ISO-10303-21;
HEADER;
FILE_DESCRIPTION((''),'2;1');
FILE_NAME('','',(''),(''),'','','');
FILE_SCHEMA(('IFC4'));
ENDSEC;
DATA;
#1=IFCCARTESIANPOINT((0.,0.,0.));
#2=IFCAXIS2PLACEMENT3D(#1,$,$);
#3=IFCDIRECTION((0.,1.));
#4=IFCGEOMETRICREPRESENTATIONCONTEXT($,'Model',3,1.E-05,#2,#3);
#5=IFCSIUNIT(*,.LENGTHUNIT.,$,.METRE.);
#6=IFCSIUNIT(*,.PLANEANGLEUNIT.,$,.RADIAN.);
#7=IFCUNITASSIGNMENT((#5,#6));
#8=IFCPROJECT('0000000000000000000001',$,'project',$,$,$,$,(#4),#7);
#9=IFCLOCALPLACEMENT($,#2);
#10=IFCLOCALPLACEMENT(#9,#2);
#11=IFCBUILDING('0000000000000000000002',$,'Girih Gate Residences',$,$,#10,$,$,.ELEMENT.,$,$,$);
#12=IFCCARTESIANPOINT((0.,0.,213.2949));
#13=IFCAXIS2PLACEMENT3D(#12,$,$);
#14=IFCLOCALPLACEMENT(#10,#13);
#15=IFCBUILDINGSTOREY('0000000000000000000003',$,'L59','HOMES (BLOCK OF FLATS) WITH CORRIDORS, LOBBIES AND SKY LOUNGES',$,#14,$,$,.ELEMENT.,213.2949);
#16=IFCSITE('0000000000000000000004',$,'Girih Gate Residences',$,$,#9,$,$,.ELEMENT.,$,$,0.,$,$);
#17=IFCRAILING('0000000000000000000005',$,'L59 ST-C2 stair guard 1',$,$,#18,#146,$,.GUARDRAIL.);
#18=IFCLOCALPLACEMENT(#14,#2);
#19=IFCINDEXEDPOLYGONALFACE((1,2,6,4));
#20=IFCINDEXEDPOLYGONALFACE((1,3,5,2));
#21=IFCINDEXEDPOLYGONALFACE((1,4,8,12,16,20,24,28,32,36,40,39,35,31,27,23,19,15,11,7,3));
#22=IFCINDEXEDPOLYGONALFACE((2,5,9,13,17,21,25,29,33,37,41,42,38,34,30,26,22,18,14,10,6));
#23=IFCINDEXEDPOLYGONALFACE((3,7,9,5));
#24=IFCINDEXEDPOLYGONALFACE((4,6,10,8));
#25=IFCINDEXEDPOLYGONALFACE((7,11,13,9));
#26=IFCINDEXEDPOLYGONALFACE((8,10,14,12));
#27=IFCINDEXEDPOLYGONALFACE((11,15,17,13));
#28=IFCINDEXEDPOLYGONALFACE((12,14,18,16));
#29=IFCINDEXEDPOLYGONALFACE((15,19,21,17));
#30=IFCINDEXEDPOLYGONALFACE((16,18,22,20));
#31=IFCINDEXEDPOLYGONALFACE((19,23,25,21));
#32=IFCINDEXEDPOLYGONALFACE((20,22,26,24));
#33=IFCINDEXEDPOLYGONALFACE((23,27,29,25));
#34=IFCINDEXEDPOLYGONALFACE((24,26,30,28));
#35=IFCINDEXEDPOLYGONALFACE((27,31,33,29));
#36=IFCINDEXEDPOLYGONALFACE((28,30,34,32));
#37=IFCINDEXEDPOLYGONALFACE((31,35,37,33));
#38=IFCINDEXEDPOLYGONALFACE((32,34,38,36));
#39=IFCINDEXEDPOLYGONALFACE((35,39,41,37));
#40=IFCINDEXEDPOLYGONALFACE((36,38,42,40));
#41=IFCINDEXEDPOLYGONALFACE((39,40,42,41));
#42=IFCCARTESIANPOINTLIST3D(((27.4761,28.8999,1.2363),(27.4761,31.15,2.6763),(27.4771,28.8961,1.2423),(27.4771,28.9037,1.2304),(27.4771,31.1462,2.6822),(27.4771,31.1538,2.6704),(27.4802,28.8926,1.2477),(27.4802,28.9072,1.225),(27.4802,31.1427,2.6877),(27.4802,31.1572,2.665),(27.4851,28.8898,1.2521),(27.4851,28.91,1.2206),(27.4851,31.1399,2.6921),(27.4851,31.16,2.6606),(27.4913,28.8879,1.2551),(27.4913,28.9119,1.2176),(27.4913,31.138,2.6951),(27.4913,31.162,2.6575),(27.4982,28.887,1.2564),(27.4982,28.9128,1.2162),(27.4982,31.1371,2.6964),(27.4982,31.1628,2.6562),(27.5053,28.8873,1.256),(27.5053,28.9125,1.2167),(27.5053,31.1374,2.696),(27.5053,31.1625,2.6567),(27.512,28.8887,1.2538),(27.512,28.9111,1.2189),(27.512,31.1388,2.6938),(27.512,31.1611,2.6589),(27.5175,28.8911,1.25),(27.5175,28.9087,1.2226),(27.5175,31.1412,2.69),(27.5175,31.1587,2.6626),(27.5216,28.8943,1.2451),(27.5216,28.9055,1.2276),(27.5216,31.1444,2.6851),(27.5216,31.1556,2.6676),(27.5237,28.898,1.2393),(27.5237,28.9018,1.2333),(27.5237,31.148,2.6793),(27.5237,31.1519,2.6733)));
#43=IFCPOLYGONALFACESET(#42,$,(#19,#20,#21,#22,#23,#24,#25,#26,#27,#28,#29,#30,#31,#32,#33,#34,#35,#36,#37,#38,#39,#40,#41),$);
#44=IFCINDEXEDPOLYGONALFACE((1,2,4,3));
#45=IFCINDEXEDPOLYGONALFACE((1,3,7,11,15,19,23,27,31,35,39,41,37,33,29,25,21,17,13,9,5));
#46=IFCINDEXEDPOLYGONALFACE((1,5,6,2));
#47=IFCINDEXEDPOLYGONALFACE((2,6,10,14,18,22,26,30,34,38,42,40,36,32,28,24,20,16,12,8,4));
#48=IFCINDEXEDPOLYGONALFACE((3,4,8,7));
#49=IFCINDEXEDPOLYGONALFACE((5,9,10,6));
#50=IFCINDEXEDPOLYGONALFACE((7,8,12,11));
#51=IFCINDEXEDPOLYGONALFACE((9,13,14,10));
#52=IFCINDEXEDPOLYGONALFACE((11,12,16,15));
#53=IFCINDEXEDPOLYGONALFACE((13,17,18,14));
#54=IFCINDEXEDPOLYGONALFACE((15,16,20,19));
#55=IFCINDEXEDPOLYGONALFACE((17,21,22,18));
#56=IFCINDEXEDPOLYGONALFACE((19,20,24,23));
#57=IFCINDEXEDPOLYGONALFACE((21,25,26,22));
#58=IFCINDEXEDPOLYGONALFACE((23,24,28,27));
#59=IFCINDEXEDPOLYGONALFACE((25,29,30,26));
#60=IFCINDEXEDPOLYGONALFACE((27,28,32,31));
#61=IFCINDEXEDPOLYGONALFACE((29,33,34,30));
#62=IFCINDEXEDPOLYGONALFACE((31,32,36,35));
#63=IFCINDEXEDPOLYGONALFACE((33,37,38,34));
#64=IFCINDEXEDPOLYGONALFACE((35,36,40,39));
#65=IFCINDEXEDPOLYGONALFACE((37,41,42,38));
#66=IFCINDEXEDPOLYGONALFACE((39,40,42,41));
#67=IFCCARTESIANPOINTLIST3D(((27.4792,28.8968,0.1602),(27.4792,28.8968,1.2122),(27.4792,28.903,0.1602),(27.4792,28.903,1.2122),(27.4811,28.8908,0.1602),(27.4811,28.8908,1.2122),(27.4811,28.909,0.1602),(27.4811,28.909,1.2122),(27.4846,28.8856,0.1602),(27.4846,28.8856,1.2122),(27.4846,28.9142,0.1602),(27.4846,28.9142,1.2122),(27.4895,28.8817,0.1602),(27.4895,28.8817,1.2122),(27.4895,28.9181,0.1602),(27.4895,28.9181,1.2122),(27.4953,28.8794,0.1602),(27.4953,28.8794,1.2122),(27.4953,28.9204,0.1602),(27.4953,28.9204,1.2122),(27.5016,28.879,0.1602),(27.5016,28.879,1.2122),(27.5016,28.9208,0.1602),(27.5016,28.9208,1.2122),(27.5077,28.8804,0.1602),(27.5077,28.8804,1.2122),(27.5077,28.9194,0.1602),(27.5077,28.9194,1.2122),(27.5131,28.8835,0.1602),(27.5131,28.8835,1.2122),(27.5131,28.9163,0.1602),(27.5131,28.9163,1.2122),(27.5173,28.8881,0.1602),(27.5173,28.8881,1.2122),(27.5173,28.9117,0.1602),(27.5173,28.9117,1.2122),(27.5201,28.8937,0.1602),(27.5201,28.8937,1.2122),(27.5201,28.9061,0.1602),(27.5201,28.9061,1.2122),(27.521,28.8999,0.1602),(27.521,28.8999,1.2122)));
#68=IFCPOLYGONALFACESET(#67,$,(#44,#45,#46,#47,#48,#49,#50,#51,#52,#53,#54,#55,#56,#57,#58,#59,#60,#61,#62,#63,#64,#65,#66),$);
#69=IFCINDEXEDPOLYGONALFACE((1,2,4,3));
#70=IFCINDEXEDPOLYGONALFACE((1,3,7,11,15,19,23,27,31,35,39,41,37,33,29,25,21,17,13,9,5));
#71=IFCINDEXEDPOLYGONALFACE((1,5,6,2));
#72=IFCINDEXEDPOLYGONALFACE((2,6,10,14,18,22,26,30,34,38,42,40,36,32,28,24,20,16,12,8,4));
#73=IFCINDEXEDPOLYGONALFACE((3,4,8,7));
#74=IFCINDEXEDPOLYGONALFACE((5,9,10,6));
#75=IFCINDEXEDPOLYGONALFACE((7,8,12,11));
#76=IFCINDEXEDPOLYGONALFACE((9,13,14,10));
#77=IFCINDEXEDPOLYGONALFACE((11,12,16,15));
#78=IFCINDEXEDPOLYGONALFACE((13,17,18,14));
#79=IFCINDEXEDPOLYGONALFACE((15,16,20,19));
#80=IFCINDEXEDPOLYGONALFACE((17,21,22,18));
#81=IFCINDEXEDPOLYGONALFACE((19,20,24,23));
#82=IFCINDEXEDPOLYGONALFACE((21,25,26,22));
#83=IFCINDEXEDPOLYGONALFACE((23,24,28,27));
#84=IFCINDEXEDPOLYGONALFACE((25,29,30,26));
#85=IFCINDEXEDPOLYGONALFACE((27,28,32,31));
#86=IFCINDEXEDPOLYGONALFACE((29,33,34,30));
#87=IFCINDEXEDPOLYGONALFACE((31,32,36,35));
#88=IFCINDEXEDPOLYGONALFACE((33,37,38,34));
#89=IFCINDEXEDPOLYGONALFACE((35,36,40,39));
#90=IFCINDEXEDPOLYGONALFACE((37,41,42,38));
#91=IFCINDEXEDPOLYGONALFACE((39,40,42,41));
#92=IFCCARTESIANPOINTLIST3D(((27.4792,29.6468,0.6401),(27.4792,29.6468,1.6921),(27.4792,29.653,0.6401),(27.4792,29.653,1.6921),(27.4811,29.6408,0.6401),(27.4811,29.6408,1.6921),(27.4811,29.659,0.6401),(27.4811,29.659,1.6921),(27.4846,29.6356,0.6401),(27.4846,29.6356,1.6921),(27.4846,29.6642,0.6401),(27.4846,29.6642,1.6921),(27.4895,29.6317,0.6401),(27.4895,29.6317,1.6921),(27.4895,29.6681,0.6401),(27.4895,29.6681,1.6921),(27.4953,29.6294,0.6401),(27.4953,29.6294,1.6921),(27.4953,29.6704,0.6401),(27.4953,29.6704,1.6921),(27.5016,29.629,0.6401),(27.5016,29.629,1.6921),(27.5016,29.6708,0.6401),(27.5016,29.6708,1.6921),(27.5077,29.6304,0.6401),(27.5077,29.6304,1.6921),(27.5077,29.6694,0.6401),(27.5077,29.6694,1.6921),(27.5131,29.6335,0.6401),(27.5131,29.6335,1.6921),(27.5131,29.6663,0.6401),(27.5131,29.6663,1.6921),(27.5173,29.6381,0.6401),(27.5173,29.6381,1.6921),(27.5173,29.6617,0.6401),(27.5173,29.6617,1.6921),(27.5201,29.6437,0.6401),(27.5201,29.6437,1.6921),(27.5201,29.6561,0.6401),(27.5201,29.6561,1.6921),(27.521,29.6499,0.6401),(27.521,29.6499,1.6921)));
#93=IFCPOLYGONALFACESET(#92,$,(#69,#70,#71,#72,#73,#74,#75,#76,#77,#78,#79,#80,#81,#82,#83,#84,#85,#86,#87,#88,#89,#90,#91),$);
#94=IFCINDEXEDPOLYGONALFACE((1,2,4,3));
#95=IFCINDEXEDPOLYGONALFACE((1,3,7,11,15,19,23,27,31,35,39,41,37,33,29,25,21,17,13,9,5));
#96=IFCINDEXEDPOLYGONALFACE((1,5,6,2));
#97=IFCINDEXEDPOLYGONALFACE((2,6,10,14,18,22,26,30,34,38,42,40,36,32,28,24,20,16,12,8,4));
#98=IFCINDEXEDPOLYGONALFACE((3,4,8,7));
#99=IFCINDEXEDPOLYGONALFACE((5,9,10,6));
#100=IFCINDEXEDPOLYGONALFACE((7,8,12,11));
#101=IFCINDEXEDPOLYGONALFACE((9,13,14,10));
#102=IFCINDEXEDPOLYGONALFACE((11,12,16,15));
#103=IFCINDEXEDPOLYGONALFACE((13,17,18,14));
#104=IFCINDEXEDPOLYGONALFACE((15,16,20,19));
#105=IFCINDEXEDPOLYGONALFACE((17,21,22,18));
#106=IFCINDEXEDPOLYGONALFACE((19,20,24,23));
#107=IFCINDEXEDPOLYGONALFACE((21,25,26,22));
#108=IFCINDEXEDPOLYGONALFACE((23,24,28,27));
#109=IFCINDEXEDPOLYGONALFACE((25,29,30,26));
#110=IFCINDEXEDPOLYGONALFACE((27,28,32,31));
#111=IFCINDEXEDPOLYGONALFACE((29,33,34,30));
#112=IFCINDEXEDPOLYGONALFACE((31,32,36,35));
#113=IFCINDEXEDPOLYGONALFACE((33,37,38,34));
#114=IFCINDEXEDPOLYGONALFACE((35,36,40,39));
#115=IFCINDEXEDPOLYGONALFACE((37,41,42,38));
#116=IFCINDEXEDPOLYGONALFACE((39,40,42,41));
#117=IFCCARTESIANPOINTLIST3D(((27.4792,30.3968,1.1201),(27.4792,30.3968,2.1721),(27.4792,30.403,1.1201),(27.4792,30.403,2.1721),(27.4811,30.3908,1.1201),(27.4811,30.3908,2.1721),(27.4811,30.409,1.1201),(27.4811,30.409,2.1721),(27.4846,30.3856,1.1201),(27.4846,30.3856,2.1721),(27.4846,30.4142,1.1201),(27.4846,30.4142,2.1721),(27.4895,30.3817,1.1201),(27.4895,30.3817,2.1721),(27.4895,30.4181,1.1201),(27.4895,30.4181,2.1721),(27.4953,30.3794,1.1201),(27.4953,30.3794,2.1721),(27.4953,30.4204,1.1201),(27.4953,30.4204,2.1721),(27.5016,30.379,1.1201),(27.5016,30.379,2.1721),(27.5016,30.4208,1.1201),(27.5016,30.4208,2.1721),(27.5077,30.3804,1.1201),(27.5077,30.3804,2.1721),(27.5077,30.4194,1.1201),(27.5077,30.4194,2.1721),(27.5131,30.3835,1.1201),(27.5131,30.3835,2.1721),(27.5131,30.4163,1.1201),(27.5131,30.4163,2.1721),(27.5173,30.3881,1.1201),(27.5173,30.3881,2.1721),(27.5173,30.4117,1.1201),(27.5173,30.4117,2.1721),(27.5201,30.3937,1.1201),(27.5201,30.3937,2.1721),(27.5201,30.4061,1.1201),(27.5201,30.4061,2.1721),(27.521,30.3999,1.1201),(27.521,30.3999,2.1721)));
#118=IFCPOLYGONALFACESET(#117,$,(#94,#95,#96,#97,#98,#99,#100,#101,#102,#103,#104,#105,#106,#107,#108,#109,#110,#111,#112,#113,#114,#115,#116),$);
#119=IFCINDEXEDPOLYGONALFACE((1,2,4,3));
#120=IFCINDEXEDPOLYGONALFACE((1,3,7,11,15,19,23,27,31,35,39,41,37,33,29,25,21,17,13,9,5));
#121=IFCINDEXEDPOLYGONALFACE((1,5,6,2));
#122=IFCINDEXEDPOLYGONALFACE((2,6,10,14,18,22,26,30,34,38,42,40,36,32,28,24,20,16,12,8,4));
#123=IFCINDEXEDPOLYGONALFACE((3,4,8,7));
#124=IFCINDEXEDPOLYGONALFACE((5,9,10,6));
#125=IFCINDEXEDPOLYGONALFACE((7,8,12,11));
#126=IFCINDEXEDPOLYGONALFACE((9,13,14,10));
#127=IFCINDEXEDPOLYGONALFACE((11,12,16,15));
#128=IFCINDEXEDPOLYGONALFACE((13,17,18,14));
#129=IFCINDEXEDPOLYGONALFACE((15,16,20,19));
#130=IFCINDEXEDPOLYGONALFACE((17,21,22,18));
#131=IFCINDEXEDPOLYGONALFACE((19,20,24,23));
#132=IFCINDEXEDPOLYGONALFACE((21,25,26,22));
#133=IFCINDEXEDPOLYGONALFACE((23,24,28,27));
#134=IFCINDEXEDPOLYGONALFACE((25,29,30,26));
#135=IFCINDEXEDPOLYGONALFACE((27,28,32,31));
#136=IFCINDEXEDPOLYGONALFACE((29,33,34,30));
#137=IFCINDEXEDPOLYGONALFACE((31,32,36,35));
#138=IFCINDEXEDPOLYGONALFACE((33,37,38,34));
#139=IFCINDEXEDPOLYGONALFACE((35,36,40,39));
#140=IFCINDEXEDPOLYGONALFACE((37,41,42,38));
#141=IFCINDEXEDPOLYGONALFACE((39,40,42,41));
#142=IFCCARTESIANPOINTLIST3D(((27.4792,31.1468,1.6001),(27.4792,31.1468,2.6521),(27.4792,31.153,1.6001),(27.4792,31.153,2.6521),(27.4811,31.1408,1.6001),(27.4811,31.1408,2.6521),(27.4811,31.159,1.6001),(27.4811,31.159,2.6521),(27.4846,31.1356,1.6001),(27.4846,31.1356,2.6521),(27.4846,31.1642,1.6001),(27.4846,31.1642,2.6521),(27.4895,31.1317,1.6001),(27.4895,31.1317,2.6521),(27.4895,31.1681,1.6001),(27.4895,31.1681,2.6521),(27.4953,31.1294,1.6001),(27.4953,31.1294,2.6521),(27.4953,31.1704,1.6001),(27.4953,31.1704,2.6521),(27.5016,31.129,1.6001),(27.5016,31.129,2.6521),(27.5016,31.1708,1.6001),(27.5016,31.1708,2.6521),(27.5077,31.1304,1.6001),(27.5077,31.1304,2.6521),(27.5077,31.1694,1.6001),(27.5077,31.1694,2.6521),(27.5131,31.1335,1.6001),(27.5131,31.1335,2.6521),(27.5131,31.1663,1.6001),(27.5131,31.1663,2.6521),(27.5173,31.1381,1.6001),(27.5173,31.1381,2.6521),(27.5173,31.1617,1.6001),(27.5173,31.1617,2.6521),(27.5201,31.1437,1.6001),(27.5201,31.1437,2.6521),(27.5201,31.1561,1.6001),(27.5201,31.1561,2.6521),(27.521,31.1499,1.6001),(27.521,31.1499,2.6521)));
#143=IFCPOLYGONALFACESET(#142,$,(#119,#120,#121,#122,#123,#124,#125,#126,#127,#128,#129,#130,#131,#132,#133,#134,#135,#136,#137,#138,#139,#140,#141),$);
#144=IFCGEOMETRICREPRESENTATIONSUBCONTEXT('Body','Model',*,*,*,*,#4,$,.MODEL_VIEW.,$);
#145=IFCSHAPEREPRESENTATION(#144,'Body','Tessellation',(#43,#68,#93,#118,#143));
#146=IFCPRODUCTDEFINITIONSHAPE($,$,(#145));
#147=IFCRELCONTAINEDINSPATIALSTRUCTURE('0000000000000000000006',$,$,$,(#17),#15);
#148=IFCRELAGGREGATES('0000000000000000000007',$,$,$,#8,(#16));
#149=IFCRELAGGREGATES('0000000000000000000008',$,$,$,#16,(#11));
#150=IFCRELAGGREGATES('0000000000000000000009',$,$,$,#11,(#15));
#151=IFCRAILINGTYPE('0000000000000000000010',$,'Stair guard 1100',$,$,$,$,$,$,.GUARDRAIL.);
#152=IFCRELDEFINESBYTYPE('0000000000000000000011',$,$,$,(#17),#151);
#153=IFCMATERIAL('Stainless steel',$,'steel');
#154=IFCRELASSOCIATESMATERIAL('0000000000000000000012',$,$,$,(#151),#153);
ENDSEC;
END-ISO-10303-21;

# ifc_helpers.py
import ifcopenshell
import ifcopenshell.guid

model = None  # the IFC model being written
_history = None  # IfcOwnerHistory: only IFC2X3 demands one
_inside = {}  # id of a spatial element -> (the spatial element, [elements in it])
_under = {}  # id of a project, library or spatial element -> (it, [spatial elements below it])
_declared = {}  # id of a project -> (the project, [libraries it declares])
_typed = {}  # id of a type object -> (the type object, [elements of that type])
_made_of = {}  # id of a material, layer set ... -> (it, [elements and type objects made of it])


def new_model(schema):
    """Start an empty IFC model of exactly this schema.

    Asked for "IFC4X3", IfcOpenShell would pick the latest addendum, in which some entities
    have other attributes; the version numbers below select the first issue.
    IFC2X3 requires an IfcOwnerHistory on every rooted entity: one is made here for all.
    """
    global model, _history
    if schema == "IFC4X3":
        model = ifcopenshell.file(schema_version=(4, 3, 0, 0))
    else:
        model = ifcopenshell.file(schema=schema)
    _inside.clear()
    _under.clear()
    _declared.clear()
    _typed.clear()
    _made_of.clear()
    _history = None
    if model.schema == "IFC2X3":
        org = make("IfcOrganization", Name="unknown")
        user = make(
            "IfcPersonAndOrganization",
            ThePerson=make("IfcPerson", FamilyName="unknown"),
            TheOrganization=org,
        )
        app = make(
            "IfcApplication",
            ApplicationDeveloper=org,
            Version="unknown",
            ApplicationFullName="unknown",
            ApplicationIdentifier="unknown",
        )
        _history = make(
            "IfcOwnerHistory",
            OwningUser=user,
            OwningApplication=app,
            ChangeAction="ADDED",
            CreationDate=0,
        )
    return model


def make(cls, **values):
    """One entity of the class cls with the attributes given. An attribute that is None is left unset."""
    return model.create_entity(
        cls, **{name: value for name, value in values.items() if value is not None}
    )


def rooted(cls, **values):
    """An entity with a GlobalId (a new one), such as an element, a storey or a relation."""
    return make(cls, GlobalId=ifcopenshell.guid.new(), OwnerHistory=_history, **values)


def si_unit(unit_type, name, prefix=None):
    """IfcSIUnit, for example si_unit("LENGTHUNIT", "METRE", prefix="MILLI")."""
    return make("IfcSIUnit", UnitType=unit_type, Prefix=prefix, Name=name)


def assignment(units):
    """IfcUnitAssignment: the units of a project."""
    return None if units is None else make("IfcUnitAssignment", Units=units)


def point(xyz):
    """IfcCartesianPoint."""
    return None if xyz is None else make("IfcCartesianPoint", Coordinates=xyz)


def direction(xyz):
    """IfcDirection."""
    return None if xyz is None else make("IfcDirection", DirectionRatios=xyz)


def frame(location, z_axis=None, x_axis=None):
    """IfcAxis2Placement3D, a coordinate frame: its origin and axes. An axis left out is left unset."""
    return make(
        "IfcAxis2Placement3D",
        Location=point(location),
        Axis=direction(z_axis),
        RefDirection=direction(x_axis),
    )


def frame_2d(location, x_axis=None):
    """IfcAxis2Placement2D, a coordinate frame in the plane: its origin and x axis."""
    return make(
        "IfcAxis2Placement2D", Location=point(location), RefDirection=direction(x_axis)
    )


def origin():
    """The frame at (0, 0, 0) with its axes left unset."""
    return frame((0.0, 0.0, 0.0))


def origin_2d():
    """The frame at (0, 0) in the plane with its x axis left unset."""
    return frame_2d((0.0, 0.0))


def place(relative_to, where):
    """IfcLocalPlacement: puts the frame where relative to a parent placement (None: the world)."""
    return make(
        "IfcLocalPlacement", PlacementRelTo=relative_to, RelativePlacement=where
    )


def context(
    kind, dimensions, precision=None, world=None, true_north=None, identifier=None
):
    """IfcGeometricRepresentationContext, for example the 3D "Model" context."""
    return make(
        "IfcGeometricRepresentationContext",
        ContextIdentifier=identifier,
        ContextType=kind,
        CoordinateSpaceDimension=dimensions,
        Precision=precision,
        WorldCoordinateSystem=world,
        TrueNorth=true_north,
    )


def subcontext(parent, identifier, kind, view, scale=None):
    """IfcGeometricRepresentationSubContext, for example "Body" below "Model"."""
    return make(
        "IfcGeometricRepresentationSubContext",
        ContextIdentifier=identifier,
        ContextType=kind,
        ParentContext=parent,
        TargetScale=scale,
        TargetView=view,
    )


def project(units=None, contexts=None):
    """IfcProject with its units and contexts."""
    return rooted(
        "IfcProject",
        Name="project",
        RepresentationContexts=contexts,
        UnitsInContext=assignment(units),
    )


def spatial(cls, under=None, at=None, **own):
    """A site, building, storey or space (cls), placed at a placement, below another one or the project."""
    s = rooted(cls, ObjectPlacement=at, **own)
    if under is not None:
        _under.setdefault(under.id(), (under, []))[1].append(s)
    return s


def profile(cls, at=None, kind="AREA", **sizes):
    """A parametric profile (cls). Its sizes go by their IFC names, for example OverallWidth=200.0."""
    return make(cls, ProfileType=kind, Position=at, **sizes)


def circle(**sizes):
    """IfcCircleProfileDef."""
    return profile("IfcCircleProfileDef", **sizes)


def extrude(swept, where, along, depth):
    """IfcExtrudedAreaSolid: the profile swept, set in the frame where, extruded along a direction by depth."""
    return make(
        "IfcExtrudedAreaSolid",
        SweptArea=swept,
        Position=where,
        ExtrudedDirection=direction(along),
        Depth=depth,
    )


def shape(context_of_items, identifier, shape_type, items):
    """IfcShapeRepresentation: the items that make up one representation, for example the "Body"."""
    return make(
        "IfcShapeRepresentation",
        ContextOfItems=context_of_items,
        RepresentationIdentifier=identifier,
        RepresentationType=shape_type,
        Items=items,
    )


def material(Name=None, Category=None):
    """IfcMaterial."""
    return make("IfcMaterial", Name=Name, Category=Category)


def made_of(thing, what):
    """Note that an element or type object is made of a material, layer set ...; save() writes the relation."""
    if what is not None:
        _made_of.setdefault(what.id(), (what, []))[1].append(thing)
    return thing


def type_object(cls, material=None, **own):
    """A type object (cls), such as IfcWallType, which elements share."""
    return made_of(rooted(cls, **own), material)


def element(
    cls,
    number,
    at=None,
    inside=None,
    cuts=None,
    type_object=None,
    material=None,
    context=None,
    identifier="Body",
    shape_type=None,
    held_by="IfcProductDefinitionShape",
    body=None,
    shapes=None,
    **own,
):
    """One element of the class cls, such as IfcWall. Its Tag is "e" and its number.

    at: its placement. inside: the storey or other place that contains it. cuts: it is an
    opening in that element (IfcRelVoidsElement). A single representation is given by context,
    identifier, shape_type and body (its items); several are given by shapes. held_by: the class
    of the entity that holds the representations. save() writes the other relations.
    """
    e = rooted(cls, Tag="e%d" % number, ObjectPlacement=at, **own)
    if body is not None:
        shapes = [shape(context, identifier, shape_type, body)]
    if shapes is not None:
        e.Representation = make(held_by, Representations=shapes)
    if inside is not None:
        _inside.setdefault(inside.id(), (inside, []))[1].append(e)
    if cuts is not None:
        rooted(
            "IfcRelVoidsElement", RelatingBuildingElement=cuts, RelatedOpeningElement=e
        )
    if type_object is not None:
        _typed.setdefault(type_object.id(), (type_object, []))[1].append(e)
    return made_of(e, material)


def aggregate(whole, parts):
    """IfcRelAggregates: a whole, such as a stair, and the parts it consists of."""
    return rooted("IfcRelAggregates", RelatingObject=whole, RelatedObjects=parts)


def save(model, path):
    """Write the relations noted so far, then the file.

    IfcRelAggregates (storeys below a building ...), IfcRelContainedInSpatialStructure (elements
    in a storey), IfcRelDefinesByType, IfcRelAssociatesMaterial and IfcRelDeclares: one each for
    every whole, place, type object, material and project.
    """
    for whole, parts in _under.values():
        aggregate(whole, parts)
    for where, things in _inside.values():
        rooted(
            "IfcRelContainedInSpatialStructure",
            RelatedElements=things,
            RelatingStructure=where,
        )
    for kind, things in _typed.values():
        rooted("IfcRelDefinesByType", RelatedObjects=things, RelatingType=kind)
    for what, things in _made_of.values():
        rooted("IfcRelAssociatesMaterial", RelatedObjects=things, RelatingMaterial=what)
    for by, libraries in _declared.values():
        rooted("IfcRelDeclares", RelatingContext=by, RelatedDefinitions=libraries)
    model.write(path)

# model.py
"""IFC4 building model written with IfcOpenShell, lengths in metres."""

from ifc_helpers import new_model, si_unit, direction, frame, origin, origin_2d, place, context, subcontext, project, spatial, circle, extrude, material, type_object, element, save


model = new_model("IFC4")

# Units and contexts
model_context = context("Model", 3, precision=1e-05, world=origin(), true_north=direction((0.0, 1.0)))
body_context = subcontext(model_context, "Body", "Model", "MODEL_VIEW")
ifc_project = project(units=[si_unit("LENGTHUNIT", "METRE"), si_unit("PLANEANGLEUNIT", "RADIAN")], contexts=[model_context])

# Site, building, storey
site_placement = place(None, origin())
site = spatial("IfcSite", under=ifc_project, at=site_placement, Name="Girih Gate Residences", CompositionType="ELEMENT", RefElevation=0.0)
building_placement = place(site_placement, origin())
building = spatial("IfcBuilding", under=site, at=building_placement, Name="Girih Gate Residences", CompositionType="ELEMENT")
storey_placement = place(building_placement, frame((0.0, 0.0, 213.2949)))
storey = spatial("IfcBuildingStorey", under=building, at=storey_placement, Name="L59", Description="HOMES (BLOCK OF FLATS) WITH CORRIDORS, LOBBIES AND SKY LOUNGES", CompositionType="ELEMENT", Elevation=213.2949)

# Railing
ifc_material_1 = material(Name="Stainless steel", Category="steel")
railing_type_1 = type_object("IfcRailingType", Name="Stair guard 1100", PredefinedType="GUARDRAIL", material=ifc_material_1)
railing_1_placement = place(storey_placement, frame((27.5, 28.8999, 0.1602)))
element("IfcRailing", 1, at=railing_1_placement, inside=storey, type_object=railing_type_1, Name="L59 ST-C2 stair guard 1", PredefinedType="GUARDRAIL", context=body_context, shape_type="SweptSolid", body=[
    extrude(circle(Radius=0.0239, at=origin_2d()), frame((0.0, 0.0, 1.0762), z_axis=(0.0, 0.842281, 0.539038), x_axis=(-1.0, 0.0, 0.0)), (0.0, 0.0, 1.0), 2.6714),
    extrude(circle(Radius=0.021, at=origin_2d()), origin(), (0.0, 0.0, 1.0), 1.052),
    extrude(circle(Radius=0.021, at=origin_2d()), frame((0.0, 0.75, 0.48)), (0.0, 0.0, 1.0), 1.052),
    extrude(circle(Radius=0.021, at=origin_2d()), frame((0.0, 1.5, 0.96)), (0.0, 0.0, 1.0), 1.052),
    extrude(circle(Radius=0.021, at=origin_2d()), frame((0.0, 2.25, 1.4399)), (0.0, 0.0, 1.0), 1.052),
])

save(model, "model.ifc")
